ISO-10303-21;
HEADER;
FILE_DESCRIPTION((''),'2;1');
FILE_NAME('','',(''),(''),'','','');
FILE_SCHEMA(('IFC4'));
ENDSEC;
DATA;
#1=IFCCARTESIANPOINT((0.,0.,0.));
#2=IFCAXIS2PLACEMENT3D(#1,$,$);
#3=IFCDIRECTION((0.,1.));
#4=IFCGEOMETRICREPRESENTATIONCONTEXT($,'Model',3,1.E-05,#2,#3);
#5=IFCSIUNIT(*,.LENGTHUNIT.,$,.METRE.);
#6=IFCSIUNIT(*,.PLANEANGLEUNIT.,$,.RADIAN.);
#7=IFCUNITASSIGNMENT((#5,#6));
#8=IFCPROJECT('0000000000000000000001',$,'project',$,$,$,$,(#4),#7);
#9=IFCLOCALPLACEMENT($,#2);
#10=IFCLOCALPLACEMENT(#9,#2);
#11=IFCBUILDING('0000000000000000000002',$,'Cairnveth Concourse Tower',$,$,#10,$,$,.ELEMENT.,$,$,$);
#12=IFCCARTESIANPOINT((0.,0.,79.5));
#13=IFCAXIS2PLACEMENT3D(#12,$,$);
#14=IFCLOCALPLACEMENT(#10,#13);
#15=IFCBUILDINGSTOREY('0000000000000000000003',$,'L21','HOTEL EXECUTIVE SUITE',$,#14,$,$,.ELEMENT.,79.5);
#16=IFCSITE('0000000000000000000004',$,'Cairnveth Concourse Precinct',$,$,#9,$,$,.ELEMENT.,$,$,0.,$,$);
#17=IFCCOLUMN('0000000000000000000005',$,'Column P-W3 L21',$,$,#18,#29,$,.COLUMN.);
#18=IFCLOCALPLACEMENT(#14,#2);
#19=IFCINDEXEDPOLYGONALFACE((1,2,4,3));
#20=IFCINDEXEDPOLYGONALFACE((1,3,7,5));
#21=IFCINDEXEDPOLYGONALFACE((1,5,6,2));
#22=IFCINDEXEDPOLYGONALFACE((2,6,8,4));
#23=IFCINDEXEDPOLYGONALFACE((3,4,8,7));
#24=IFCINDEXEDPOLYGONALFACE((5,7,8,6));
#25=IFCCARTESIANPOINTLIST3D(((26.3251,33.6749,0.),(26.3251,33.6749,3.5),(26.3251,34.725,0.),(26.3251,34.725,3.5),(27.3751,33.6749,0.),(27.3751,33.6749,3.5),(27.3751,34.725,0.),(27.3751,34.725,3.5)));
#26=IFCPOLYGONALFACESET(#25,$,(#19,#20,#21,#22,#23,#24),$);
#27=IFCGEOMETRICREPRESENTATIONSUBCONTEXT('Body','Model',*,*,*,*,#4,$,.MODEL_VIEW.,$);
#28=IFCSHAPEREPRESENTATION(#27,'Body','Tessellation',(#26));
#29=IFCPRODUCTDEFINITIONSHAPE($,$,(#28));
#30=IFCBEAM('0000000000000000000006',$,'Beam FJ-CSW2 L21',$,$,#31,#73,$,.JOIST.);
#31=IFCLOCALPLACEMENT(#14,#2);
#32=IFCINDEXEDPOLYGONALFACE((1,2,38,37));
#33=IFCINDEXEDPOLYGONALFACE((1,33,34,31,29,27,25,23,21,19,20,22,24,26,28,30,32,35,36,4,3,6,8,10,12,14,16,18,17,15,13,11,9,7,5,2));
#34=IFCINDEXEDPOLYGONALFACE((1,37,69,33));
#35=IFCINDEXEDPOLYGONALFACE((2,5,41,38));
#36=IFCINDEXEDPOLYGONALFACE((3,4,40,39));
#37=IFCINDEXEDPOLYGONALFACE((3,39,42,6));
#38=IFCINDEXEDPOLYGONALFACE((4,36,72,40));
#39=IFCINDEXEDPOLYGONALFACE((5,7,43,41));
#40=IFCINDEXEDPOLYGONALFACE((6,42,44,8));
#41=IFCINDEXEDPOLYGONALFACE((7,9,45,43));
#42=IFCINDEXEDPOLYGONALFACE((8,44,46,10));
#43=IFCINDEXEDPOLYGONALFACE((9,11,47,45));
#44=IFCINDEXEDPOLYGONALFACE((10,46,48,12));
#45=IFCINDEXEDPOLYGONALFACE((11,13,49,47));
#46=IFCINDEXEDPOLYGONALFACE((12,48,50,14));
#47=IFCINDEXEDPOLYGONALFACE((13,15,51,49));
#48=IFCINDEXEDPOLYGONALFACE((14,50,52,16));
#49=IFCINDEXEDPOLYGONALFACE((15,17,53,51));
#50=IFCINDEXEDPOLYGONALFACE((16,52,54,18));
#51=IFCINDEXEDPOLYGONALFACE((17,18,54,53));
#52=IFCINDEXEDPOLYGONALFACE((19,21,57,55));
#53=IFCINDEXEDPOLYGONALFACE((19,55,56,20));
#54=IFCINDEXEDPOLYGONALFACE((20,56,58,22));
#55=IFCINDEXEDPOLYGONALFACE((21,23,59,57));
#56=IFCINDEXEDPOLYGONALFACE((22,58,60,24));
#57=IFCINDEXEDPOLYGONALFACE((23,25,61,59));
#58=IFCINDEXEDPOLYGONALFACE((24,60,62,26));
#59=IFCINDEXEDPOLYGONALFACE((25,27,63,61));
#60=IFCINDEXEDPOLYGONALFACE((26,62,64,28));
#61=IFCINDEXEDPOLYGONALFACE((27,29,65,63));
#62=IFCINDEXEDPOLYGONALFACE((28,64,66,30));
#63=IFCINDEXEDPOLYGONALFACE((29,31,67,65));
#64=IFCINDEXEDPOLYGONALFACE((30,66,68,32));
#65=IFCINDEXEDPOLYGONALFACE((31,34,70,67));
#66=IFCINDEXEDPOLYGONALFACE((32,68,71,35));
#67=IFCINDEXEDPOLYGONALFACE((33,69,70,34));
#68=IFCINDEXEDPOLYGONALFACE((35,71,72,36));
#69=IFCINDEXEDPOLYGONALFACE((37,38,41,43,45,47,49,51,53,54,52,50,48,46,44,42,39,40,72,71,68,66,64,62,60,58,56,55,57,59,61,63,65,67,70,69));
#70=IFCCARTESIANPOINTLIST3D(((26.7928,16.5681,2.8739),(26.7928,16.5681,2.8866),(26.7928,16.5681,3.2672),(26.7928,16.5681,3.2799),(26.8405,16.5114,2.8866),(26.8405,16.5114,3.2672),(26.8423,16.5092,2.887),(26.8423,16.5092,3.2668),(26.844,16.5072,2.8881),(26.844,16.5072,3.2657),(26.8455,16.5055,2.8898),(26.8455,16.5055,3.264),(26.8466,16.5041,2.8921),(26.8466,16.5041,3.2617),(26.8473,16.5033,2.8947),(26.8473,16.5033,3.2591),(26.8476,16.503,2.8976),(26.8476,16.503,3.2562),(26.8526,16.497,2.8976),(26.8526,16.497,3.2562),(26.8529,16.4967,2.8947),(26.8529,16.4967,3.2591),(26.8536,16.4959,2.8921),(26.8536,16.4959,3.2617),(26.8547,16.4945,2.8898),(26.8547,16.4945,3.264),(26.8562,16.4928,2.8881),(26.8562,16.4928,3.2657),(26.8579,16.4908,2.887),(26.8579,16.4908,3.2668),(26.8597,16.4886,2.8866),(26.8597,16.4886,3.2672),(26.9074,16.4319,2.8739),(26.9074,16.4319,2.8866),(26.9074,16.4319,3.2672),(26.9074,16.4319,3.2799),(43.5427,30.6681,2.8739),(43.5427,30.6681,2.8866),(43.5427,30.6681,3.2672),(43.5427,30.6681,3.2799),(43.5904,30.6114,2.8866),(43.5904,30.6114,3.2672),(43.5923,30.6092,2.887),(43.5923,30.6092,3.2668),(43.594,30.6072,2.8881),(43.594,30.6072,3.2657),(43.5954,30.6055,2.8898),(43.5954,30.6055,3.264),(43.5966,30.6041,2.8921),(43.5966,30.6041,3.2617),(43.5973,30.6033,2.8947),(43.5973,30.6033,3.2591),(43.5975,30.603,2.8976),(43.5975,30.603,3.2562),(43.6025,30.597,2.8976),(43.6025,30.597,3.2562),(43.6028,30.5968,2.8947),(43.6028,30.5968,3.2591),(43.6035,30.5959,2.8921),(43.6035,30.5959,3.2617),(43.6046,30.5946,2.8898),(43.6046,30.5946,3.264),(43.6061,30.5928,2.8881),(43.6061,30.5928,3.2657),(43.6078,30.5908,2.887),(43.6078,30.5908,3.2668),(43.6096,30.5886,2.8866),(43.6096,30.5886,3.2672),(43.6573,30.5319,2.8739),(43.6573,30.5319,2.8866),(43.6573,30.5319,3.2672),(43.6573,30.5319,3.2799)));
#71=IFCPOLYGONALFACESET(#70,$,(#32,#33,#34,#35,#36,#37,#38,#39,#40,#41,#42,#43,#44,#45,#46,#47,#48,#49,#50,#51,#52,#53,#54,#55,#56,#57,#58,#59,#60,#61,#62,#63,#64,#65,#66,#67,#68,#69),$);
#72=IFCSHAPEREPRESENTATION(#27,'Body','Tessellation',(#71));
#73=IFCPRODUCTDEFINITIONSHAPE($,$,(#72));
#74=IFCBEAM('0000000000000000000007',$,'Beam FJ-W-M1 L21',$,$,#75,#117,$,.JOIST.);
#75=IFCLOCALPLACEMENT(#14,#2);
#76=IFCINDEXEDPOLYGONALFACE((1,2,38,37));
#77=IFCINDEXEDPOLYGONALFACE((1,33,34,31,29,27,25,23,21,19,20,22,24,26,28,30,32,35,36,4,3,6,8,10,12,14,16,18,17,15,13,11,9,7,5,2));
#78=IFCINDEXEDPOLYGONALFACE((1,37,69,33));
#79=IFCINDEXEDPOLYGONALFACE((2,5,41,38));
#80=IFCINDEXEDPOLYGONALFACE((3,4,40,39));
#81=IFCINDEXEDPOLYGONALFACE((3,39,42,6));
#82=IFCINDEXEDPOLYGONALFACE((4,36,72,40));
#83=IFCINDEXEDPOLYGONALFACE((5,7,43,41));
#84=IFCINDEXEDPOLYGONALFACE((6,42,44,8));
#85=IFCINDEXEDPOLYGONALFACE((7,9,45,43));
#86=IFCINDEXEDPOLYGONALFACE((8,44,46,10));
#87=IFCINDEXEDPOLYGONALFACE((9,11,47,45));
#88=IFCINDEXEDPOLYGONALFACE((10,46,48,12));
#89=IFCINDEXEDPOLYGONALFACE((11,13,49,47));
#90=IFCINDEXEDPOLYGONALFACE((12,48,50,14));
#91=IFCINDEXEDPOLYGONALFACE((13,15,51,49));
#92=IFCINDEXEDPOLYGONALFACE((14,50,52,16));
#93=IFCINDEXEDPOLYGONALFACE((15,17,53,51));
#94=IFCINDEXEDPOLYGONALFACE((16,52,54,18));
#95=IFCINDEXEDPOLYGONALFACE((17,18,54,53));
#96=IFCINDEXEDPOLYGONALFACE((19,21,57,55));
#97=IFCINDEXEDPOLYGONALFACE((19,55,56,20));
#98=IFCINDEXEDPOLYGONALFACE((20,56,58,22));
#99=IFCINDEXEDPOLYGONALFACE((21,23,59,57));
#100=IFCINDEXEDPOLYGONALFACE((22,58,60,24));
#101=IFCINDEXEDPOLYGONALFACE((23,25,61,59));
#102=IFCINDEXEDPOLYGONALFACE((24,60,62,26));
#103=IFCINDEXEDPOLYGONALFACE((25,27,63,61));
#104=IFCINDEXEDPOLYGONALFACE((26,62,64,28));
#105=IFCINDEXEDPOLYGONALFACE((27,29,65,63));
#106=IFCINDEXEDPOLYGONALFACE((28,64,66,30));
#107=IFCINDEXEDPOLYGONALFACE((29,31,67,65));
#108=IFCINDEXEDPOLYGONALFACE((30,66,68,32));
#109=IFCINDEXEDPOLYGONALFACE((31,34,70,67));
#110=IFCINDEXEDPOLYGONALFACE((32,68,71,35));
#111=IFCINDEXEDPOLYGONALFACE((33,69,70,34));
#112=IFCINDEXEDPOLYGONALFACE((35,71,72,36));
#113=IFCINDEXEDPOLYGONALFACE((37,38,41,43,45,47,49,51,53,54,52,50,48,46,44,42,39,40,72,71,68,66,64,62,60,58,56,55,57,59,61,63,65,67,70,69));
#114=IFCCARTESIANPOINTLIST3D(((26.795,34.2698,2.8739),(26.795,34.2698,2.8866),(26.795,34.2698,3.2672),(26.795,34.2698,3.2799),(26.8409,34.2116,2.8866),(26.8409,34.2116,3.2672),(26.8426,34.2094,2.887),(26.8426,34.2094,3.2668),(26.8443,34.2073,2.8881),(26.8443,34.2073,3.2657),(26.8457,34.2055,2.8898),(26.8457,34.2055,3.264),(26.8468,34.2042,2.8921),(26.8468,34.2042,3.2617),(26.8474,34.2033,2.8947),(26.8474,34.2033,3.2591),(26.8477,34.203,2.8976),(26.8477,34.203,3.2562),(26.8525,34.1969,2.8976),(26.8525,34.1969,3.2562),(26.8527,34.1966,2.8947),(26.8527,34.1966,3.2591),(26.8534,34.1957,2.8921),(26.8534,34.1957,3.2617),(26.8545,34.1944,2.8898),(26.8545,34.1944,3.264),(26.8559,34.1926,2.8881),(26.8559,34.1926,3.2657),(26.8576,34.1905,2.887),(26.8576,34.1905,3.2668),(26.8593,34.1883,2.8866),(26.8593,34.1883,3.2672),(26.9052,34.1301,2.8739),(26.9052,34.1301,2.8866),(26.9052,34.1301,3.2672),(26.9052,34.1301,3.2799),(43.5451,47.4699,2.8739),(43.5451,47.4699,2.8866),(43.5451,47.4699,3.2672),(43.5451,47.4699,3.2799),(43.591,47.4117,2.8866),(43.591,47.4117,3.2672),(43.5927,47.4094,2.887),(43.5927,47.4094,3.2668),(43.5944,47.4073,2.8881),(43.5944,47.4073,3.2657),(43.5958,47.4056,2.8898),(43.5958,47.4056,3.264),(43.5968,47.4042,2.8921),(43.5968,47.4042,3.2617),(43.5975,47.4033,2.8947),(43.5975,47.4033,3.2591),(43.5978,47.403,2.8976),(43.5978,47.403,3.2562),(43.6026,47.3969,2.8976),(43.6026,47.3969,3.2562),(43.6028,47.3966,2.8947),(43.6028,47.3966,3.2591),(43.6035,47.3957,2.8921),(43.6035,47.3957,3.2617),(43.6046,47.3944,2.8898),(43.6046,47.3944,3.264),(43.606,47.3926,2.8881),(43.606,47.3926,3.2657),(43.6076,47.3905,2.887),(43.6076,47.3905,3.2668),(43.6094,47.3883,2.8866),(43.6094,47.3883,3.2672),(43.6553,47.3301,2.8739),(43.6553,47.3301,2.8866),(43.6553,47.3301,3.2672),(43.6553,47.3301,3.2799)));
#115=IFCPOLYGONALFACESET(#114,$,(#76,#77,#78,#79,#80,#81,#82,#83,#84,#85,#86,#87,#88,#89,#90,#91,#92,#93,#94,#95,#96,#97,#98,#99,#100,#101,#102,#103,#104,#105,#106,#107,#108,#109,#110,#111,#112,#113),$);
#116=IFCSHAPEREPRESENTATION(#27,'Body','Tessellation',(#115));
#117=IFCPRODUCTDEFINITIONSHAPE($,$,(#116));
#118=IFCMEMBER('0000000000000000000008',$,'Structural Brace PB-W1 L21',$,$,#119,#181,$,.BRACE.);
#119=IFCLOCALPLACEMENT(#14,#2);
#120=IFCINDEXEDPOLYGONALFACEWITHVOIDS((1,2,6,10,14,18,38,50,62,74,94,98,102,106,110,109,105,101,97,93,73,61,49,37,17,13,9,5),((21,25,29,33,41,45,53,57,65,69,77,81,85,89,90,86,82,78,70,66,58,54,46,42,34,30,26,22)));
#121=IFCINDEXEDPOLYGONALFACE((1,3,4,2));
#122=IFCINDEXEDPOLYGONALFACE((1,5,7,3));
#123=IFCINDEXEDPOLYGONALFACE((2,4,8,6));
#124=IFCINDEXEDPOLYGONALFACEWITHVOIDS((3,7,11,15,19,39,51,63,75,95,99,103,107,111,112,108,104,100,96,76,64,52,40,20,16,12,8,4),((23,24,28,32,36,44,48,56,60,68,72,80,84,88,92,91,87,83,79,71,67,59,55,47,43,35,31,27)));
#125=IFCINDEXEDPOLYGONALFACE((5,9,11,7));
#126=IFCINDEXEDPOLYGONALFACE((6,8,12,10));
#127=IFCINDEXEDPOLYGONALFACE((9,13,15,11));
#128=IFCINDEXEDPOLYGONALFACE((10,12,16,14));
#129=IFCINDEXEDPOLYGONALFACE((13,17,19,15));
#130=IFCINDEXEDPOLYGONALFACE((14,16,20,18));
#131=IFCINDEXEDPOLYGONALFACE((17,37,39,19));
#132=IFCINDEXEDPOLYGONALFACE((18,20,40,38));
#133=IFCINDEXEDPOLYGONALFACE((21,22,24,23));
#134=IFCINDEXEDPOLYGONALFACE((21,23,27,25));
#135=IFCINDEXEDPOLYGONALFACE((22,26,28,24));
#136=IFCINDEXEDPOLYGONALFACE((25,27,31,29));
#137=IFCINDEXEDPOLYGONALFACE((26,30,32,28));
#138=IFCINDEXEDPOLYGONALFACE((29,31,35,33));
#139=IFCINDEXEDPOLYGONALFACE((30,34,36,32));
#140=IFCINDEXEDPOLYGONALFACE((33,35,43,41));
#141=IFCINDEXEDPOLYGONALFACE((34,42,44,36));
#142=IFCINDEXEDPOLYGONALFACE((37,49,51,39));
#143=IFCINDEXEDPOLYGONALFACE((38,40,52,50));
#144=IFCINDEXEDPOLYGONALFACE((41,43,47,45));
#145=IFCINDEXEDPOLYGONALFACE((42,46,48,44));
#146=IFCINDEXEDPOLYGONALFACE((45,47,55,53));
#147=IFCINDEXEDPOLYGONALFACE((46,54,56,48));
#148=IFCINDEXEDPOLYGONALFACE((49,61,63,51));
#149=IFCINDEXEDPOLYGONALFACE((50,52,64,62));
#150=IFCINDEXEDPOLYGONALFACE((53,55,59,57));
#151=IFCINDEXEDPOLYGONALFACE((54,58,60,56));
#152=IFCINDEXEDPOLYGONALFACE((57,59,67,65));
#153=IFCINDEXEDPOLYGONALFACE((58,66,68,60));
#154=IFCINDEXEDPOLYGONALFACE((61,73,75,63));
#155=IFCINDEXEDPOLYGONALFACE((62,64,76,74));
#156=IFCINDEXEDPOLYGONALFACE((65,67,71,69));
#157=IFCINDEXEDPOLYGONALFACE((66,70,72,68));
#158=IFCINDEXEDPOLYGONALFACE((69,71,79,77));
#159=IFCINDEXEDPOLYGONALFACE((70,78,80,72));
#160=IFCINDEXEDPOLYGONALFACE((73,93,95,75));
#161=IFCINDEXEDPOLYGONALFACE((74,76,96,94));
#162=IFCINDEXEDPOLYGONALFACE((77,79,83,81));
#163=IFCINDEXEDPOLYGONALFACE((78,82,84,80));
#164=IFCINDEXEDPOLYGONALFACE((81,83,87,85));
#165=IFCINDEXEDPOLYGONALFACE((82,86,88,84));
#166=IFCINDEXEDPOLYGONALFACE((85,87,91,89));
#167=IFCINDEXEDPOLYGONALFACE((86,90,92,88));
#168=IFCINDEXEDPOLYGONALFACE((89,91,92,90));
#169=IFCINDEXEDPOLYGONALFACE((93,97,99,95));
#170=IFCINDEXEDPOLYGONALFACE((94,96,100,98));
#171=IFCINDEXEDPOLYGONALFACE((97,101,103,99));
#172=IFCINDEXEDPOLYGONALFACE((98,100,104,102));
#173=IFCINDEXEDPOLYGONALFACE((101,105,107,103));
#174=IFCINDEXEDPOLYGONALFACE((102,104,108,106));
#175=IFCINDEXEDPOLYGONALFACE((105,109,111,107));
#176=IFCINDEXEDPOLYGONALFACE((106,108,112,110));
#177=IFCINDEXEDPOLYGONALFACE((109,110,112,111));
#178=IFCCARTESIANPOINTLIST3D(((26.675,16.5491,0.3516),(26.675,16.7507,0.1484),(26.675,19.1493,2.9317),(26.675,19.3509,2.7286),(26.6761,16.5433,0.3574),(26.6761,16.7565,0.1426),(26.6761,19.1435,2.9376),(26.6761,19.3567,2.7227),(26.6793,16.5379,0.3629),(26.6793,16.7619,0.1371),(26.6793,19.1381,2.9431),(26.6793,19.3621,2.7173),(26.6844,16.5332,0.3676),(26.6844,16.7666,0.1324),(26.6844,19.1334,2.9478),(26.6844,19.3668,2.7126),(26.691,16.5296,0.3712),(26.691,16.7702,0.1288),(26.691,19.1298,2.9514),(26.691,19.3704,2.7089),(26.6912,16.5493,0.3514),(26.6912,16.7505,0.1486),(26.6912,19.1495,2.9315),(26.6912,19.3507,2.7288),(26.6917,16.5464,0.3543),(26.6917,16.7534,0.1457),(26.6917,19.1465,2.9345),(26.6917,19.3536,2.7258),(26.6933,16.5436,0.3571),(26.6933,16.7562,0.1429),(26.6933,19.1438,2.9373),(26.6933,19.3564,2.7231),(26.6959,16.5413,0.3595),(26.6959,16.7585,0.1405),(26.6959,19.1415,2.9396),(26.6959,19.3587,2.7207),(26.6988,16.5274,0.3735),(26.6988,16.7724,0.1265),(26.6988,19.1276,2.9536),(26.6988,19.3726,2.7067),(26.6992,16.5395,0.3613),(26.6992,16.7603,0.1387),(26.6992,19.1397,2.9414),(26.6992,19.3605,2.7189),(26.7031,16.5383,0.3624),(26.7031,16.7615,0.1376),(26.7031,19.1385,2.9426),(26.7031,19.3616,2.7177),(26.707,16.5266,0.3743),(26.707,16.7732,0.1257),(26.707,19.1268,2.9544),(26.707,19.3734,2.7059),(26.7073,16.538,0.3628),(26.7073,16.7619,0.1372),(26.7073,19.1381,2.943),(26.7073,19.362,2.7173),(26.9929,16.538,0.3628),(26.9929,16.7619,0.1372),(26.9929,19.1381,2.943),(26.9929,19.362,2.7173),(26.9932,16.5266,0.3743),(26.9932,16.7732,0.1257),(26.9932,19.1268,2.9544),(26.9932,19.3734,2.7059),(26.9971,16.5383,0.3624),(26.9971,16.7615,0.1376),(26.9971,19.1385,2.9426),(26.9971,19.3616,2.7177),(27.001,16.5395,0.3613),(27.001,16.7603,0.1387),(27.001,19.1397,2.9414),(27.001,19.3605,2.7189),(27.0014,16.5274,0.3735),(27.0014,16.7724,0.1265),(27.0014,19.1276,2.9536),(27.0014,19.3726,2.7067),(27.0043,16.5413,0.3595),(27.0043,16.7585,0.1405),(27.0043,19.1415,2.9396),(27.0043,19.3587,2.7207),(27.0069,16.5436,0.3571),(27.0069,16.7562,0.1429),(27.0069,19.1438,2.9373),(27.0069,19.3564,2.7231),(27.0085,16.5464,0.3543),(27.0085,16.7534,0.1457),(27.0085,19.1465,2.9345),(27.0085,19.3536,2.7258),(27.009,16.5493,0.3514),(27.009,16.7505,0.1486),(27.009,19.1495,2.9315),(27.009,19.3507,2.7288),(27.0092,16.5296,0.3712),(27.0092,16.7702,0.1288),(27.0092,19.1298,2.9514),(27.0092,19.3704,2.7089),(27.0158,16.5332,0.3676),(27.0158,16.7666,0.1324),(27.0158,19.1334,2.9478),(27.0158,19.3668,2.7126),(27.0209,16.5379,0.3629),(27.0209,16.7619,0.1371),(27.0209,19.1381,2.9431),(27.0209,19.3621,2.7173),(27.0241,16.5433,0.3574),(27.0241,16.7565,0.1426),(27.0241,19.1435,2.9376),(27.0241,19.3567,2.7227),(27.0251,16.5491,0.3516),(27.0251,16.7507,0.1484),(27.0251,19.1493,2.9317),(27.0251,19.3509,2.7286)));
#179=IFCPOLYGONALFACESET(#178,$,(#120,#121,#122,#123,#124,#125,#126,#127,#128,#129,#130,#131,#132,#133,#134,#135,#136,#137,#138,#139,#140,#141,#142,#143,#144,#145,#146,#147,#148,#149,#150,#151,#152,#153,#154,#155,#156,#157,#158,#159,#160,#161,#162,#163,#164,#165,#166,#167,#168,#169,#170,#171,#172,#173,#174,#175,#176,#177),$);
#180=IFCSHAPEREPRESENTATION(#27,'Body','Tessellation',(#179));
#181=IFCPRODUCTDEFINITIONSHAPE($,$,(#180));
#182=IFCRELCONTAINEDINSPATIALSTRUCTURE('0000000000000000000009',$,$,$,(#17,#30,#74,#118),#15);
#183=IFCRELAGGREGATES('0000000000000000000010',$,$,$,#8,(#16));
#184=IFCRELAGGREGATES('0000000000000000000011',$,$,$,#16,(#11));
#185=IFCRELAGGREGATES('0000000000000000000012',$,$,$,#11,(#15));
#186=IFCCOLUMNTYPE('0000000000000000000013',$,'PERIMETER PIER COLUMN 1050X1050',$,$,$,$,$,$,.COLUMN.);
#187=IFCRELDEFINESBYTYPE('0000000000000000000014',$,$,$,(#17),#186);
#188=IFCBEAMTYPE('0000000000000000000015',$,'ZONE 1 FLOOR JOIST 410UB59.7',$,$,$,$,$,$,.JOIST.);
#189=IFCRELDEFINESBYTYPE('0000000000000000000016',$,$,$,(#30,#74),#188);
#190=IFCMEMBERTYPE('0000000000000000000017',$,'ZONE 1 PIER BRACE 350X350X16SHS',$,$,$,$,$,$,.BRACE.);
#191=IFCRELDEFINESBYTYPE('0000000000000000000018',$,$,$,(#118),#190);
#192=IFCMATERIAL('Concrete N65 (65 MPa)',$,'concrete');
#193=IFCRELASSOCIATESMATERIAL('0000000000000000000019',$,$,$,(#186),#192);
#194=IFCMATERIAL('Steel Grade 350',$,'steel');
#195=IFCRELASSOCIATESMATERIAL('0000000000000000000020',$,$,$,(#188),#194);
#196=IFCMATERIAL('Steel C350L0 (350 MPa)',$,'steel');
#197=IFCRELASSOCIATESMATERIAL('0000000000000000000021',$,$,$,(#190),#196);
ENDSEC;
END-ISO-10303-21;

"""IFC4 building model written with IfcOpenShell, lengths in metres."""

from ifc_helpers import new_model, si_unit, direction, frame, origin, origin_2d, place, context, subcontext, project, spatial, rectangle, hollow_rectangle, i_section, extrude, material, material_profile, profile_set, type_object, element, save


model = new_model("IFC4")

# Units and contexts
model_context = context("Model", 3, precision=1e-05, world=origin(), true_north=direction((0.0, 1.0)))
body_context = subcontext(model_context, "Body", "Model", "MODEL_VIEW")
ifc_project = project(units=[si_unit("LENGTHUNIT", "METRE"), si_unit("PLANEANGLEUNIT", "RADIAN")], contexts=[model_context])

# Site, building, storey
site_placement = place(None, origin())
site = spatial("IfcSite", under=ifc_project, at=site_placement, Name="Cairnveth Concourse Precinct", CompositionType="ELEMENT", RefElevation=0.0)
building_placement = place(site_placement, origin())
building = spatial("IfcBuilding", under=site, at=building_placement, Name="Cairnveth Concourse Tower", CompositionType="ELEMENT")
storey_placement = place(building_placement, frame((0.0, 0.0, 79.5)))
storey = spatial("IfcBuildingStorey", under=building, at=storey_placement, Name="L21", Description="HOTEL EXECUTIVE SUITE", CompositionType="ELEMENT", Elevation=79.5)

# Column
ifc_material_1 = material(Name="Concrete N65 (65 MPa)", Category="concrete")
ifc_material_profile_1 = material_profile(ifc_material_1, rectangle(XDim=1.05, YDim=1.05, at=origin_2d()), Name="RC-COL-1050x1050")
ifc_profile_set_1 = profile_set([ifc_material_profile_1], Name="Concrete N65 (65 MPa)")
column_type = type_object("IfcColumnType", Name="PERIMETER PIER COLUMN 1050X1050", PredefinedType="COLUMN", material=ifc_profile_set_1)
column_placement = place(storey_placement, frame((26.8501, 34.2, 0.0), z_axis=(0.0, 0.0, 1.0), x_axis=(0.0, 1.0, 0.0)))
element("IfcColumn", 1, at=column_placement, inside=storey, type_object=column_type, Name="Column P-W3 L21", PredefinedType="COLUMN", context=body_context, shape_type="SweptSolid", body=[
    extrude(rectangle(XDim=1.05, YDim=1.05, at=origin_2d()), origin(), (0.0, 0.0, 1.0), 3.5),
])

# Beams
ifc_material_2 = material(Name="Steel Grade 350", Category="steel")
ifc_material_profile_2 = material_profile(ifc_material_2, i_section(OverallWidth=0.178, OverallDepth=0.406, WebThickness=0.0078, FlangeThickness=0.0127, FilletRadius=0.011, at=origin_2d()), Name="410UB59.7")
ifc_profile_set_2 = profile_set([ifc_material_profile_2], Name="Steel Grade 350")
beam_type_1 = type_object("IfcBeamType", Name="ZONE 1 FLOOR JOIST 410UB59.7", PredefinedType="JOIST", material=ifc_profile_set_2)
beam_1_placement = place(storey_placement, frame((26.8501, 16.5, 3.0769), z_axis=(0.765027, 0.643998, 0.0), x_axis=(-0.643998, 0.765027, 0.0)))
element("IfcBeam", 2, at=beam_1_placement, inside=storey, type_object=beam_type_1, Name="Beam FJ-CSW2 L21", PredefinedType="JOIST", context=body_context, shape_type="SweptSolid", body=[
    extrude(i_section(OverallWidth=0.178, OverallDepth=0.406, WebThickness=0.0078, FlangeThickness=0.0127, FilletRadius=0.011, at=origin_2d()), origin(), (0.0, 0.0, 1.0), 21.8945),
])
beam_2_placement = place(storey_placement, frame((26.8501, 34.2, 3.0769), z_axis=(0.785424, 0.618958, 0.0), x_axis=(-0.618958, 0.785424, 0.0)))
element("IfcBeam", 3, at=beam_2_placement, inside=storey, type_object=beam_type_1, Name="Beam FJ-W-M1 L21", PredefinedType="JOIST", context=body_context, shape_type="SweptSolid", body=[
    extrude(i_section(OverallWidth=0.178, OverallDepth=0.406, WebThickness=0.0078, FlangeThickness=0.0127, FilletRadius=0.011, at=origin_2d()), origin(), (0.0, 0.0, 1.0), 21.3262),
])

# Member
ifc_material_3 = material(Name="Steel C350L0 (350 MPa)", Category="steel")
ifc_material_profile_3 = material_profile(ifc_material_3, hollow_rectangle(XDim=0.3501, YDim=0.3501, WallThickness=0.0161, InnerFilletRadius=0.0161, OuterFilletRadius=0.032, at=origin_2d()), Name="350x350x16.0SHS")
ifc_profile_set_3 = profile_set([ifc_material_profile_3], Name="Steel C350L0 (350 MPa)")
member_type = type_object("IfcMemberType", Name="ZONE 1 PIER BRACE 350X350X16SHS", PredefinedType="BRACE", material=ifc_profile_set_3)
member_placement = place(storey_placement, frame((26.8501, 16.6499, 0.25), z_axis=(0.0, 0.709834, 0.704369), x_axis=(-1.0, 0.0, 0.0)))
element("IfcMember", 4, at=member_placement, inside=storey, type_object=member_type, Name="Structural Brace PB-W1 L21", PredefinedType="BRACE", context=body_context, shape_type="SweptSolid", body=[
    extrude(hollow_rectangle(XDim=0.3501, YDim=0.3501, WallThickness=0.0161, InnerFilletRadius=0.0161, OuterFilletRadius=0.032, at=origin_2d()), origin(), (0.0, 0.0, 1.0), 3.6631),
])

save(model, "model.ifc")
